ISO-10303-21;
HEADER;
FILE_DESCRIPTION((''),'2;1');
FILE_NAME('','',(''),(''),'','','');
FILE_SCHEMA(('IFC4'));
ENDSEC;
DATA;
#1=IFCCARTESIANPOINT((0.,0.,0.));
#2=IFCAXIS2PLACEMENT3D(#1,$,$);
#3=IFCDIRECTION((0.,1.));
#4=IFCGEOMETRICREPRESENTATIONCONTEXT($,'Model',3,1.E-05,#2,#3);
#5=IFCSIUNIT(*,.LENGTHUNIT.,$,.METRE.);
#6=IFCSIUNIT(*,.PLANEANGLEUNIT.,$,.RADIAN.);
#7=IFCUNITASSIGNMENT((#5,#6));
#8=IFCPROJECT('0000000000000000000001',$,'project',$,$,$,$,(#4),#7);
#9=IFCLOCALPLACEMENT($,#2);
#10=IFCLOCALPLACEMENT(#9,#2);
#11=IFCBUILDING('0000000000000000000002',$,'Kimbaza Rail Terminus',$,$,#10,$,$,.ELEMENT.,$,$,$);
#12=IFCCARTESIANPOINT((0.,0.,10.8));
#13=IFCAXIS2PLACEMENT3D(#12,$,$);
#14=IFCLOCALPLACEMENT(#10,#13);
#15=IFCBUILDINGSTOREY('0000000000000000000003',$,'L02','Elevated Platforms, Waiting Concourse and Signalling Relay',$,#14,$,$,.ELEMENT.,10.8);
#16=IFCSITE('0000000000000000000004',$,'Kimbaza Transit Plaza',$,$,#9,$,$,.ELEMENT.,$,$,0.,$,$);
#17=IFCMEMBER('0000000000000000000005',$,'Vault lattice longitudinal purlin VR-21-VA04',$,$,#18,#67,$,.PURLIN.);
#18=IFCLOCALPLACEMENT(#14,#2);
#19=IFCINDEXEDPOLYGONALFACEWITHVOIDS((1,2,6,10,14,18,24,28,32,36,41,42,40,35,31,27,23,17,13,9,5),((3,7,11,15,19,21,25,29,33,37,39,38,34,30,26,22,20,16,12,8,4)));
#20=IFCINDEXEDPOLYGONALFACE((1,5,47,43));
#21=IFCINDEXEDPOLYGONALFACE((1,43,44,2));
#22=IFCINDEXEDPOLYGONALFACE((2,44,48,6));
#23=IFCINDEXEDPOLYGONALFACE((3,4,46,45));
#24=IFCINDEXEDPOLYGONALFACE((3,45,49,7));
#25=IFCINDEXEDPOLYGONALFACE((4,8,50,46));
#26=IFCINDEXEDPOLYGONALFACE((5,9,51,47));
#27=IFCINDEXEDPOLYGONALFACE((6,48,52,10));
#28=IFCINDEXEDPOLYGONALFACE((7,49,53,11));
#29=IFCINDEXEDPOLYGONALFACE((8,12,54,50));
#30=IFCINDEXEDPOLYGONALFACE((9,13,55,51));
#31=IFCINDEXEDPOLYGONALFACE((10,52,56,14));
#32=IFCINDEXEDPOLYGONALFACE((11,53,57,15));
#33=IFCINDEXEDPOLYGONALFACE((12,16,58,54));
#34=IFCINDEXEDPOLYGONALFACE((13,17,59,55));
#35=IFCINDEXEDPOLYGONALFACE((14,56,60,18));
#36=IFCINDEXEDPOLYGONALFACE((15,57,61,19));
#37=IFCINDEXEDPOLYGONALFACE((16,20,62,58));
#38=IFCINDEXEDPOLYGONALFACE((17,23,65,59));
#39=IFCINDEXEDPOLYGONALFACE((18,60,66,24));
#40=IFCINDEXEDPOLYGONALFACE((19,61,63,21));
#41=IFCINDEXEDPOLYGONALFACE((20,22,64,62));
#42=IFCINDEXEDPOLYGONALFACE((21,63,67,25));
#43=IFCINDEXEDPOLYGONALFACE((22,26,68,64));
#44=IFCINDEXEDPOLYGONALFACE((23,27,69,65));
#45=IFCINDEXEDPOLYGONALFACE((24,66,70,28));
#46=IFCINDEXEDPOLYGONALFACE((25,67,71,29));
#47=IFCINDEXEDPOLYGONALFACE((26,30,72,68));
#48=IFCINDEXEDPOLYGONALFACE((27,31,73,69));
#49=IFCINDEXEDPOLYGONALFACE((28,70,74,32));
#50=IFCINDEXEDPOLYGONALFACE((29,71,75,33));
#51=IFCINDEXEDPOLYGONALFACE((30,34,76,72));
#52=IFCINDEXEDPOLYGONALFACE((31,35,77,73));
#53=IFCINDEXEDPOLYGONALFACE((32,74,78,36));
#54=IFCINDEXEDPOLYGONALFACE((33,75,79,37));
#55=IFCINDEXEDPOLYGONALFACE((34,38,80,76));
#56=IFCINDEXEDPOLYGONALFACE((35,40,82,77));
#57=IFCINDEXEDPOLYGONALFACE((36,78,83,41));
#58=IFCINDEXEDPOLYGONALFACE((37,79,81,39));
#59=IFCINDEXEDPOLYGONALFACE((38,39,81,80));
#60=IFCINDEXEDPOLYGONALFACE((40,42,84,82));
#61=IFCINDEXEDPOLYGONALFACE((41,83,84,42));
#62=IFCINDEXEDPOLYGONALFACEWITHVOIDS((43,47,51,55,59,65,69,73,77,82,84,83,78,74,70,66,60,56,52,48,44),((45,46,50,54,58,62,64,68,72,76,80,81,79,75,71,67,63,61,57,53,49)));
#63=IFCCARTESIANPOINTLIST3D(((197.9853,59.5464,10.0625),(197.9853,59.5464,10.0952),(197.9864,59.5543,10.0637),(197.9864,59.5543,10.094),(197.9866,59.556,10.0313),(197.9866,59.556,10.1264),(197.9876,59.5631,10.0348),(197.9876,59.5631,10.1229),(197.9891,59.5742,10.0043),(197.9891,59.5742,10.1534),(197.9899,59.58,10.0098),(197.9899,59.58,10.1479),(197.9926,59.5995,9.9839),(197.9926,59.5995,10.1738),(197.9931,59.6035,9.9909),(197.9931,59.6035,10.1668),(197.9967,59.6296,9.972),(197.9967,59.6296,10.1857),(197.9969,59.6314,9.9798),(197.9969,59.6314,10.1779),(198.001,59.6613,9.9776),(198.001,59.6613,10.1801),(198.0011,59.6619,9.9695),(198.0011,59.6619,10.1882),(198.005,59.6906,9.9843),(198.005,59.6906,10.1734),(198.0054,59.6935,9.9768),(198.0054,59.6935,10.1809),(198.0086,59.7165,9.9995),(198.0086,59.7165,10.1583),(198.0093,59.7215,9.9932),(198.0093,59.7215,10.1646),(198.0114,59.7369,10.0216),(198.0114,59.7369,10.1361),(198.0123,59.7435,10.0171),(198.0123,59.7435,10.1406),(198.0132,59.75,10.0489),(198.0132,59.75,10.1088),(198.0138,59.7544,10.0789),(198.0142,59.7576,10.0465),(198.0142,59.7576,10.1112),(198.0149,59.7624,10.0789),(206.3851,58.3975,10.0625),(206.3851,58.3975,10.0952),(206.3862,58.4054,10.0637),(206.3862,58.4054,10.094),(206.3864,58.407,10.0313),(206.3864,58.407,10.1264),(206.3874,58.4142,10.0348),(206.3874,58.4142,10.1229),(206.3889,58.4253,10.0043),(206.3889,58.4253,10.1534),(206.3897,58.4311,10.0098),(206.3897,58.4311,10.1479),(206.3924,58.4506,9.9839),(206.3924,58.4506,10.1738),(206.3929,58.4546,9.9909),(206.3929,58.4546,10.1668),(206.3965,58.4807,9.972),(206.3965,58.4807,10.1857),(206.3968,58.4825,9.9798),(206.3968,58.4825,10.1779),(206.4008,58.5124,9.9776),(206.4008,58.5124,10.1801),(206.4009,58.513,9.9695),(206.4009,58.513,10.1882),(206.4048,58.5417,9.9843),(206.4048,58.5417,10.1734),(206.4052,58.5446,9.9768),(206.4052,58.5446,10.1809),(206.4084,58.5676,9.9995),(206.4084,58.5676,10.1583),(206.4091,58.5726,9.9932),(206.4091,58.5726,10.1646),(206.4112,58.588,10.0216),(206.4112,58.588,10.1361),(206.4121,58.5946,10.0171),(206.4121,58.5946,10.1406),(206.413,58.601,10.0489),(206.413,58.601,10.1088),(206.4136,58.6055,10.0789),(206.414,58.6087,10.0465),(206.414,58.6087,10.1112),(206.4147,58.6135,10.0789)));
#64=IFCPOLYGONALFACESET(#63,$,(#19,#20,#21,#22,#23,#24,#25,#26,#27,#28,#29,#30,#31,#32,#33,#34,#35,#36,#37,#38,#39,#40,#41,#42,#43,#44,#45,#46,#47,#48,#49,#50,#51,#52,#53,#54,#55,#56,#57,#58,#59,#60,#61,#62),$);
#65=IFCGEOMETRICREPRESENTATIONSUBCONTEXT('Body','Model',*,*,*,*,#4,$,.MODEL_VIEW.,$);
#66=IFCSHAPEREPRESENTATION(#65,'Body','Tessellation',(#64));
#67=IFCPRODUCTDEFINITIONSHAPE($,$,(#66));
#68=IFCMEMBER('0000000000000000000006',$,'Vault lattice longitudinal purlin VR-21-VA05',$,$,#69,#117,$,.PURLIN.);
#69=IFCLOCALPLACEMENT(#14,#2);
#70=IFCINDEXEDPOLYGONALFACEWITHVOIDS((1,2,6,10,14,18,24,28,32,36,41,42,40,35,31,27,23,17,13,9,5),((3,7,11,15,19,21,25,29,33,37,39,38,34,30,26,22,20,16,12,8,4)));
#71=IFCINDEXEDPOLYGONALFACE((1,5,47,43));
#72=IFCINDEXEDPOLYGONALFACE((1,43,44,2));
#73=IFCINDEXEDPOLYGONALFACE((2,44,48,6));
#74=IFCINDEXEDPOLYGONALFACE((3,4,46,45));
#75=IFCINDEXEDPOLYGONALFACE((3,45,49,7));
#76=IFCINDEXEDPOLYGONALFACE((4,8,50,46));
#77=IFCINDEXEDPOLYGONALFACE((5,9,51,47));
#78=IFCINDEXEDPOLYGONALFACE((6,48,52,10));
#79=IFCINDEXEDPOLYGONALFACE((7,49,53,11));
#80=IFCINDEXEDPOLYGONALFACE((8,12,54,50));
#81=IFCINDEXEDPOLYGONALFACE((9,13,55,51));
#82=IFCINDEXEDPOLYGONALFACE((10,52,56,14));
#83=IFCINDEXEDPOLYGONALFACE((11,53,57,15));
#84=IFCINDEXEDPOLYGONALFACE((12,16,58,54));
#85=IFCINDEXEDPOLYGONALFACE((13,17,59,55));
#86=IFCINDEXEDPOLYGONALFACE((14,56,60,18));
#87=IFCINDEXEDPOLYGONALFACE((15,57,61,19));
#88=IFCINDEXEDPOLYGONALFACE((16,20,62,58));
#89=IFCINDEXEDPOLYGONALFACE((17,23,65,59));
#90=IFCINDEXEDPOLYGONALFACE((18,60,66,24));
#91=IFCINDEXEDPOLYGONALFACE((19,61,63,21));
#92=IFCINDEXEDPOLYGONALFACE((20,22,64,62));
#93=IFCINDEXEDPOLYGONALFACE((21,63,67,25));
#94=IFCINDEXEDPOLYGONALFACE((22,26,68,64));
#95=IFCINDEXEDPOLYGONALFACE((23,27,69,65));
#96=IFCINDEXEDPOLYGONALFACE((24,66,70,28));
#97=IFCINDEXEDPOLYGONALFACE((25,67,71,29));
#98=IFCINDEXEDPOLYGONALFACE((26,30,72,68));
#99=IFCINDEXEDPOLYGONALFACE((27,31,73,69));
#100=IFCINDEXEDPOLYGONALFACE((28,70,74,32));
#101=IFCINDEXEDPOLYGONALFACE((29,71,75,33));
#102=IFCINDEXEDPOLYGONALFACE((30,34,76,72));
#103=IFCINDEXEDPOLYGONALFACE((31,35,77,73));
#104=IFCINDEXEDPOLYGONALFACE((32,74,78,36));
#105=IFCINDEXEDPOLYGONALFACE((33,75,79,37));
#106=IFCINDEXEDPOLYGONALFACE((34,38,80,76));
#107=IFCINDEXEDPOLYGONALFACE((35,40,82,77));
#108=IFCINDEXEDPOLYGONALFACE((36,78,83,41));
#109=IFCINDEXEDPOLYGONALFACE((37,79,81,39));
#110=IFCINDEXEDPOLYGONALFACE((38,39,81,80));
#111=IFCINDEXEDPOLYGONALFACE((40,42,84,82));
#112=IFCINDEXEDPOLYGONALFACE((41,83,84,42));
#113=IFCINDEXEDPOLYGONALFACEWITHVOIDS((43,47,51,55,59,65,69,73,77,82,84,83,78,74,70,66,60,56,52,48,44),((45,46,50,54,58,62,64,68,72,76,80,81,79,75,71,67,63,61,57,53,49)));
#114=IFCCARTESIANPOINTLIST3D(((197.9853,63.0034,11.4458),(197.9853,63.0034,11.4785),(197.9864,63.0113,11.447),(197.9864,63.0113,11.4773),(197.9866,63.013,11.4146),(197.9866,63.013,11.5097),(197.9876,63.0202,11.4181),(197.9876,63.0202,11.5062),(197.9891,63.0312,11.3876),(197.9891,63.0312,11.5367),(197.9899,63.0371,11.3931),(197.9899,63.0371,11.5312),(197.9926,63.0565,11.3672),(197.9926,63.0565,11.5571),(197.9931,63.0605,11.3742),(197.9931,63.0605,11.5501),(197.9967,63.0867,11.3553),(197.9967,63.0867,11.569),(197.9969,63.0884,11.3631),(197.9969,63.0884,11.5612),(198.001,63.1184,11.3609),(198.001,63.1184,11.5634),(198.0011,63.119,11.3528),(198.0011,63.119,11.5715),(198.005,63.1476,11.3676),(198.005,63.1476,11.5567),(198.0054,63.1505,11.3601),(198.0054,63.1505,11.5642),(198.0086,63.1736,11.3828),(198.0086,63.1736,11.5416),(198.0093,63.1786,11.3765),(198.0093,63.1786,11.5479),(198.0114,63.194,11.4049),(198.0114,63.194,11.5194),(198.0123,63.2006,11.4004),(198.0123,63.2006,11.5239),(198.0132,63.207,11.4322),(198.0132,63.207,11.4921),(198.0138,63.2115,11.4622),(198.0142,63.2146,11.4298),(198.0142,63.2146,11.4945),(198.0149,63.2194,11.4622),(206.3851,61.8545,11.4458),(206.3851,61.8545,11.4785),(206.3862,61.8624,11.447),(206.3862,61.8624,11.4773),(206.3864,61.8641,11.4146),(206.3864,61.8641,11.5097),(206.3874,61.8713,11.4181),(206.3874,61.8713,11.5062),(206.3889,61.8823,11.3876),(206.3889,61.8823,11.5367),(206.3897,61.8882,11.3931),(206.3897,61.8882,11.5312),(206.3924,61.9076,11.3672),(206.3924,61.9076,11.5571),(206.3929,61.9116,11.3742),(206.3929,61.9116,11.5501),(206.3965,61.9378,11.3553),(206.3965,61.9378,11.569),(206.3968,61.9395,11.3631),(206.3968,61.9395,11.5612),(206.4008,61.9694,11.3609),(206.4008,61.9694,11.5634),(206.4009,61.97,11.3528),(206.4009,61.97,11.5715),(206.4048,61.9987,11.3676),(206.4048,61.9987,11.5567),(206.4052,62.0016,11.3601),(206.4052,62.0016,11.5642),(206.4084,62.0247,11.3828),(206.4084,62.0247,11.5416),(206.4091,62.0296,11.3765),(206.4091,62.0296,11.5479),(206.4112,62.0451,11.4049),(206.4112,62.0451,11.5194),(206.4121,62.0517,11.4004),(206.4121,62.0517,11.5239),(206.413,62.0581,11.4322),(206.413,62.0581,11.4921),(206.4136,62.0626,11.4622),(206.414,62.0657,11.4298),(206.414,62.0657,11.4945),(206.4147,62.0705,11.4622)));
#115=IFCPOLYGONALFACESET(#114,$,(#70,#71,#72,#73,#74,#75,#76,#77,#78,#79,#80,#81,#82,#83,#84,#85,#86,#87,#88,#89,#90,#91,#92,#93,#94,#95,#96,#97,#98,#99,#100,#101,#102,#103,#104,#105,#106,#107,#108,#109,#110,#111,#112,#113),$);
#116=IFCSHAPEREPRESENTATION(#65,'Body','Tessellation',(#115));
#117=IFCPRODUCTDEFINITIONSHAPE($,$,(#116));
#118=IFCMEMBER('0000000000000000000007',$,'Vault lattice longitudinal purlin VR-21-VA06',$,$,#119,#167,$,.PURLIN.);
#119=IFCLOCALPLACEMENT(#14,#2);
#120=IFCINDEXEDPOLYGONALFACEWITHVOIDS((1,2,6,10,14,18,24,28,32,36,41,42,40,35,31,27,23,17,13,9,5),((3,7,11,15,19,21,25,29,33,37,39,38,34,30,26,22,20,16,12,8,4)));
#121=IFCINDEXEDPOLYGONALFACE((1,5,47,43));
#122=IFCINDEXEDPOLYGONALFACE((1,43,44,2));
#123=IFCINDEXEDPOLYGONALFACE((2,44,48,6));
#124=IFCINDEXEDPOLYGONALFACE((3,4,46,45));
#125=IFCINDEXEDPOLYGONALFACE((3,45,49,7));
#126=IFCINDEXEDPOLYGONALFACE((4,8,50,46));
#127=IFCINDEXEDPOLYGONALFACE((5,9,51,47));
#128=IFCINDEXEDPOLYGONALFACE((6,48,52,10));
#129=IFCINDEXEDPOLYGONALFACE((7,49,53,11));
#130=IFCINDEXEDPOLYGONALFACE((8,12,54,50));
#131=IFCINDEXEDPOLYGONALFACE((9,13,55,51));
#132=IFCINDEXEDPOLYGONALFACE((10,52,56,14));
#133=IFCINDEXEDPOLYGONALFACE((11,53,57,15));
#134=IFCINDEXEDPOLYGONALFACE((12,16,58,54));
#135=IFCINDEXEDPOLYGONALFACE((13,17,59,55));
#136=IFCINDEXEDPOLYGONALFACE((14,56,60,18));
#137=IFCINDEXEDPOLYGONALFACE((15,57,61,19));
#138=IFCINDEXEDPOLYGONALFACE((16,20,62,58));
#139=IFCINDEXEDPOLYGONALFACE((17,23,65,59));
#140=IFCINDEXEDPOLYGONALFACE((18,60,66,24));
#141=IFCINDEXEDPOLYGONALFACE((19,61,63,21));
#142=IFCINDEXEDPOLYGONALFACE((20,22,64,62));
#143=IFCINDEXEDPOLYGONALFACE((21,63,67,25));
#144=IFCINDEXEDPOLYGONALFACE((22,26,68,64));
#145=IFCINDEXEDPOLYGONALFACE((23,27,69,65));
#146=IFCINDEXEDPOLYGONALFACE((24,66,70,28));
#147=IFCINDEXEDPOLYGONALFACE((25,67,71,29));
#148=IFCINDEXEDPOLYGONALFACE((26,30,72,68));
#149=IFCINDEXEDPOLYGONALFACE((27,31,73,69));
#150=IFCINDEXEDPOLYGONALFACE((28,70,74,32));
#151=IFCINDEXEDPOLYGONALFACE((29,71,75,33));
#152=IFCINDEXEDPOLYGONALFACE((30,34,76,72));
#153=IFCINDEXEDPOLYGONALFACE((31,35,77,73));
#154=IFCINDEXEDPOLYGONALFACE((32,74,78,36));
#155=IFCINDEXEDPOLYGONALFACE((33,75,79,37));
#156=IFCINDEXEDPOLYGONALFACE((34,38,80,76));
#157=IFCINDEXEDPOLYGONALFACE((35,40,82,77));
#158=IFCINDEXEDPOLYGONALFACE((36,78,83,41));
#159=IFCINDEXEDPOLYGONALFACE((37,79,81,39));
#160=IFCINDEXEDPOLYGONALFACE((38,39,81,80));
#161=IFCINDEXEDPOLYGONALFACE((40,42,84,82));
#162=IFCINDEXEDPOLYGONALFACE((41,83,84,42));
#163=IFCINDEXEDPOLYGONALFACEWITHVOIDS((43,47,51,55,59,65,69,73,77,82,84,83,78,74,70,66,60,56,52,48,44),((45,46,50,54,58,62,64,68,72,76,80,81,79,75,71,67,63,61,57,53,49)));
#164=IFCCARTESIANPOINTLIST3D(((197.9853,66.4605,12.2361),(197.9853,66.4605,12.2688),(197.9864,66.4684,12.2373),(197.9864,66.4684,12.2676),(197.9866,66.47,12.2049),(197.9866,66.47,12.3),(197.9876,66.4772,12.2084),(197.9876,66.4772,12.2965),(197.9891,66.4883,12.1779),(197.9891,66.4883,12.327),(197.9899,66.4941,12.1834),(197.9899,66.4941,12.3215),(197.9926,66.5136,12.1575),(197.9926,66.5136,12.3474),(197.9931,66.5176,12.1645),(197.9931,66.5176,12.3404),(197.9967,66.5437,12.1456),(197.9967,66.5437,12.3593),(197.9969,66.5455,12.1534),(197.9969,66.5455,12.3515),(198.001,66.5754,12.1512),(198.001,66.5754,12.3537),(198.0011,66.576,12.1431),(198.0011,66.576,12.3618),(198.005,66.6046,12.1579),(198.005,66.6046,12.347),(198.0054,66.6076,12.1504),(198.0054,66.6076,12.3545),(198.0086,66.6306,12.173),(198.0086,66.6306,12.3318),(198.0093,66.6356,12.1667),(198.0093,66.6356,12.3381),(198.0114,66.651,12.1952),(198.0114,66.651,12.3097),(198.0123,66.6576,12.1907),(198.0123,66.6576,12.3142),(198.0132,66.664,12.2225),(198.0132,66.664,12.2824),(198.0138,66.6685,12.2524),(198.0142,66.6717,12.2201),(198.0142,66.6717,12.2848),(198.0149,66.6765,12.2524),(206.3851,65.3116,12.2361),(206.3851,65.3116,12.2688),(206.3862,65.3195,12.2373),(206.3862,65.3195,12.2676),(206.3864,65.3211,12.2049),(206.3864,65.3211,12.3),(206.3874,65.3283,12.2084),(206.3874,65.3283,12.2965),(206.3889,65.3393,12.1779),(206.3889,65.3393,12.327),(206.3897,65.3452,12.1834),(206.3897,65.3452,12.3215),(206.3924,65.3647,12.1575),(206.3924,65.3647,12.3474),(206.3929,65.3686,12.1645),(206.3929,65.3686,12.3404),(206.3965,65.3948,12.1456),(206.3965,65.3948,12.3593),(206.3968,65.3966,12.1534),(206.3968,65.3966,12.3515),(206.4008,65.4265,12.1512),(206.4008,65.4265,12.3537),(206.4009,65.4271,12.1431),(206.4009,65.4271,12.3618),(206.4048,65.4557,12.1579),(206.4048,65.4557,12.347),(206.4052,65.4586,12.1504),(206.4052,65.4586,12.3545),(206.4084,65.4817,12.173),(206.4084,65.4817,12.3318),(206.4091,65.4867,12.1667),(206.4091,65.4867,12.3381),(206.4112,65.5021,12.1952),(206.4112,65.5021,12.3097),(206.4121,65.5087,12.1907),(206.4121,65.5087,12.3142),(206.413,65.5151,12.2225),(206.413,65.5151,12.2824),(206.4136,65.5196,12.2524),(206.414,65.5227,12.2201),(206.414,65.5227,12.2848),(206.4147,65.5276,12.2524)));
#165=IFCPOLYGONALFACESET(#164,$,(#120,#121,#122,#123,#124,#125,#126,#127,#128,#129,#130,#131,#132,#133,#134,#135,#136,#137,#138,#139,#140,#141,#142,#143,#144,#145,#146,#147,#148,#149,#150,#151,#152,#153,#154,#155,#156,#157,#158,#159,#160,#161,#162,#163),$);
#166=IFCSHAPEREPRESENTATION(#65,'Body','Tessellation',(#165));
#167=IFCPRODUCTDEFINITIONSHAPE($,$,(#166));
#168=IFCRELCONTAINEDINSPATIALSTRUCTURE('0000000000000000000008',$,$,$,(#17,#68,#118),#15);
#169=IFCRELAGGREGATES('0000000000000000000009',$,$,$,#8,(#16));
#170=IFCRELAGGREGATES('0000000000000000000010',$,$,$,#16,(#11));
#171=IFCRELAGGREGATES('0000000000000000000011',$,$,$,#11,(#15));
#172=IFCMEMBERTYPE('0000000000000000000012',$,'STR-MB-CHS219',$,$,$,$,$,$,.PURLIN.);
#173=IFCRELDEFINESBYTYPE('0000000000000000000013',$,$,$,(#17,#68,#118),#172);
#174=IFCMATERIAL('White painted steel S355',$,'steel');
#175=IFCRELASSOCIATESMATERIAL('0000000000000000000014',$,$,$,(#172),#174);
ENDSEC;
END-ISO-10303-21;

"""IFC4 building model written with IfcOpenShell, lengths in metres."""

from ifc_helpers import new_model, si_unit, direction, frame, origin, origin_2d, place, context, subcontext, project, spatial, hollow_circle, extrude, material, material_profile, profile_set, type_object, element, save


model = new_model("IFC4")

# Units and contexts
model_context = context("Model", 3, precision=1e-05, world=origin(), true_north=direction((0.0, 1.0)))
body_context = subcontext(model_context, "Body", "Model", "MODEL_VIEW")
ifc_project = project(units=[si_unit("LENGTHUNIT", "METRE"), si_unit("PLANEANGLEUNIT", "RADIAN")], contexts=[model_context])

# Site, building, storey
site_placement = place(None, origin())
site = spatial("IfcSite", under=ifc_project, at=site_placement, Name="Kimbaza Transit Plaza", CompositionType="ELEMENT", RefElevation=0.0)
building_placement = place(site_placement, origin())
building = spatial("IfcBuilding", under=site, at=building_placement, Name="Kimbaza Rail Terminus", CompositionType="ELEMENT")
storey_placement = place(building_placement, frame((0.0, 0.0, 10.8)))
storey = spatial("IfcBuildingStorey", under=building, at=storey_placement, Name="L02", Description="Elevated Platforms, Waiting Concourse and Signalling Relay", CompositionType="ELEMENT", Elevation=10.8)

# Members
ifc_material_1 = material(Name="White painted steel S355", Category="steel")
ifc_material_profile_1 = material_profile(ifc_material_1, hollow_circle(Radius=0.1096, WallThickness=0.0081, at=origin_2d()), Name="CHS 219.1x8")
ifc_profile_set_1 = profile_set([ifc_material_profile_1], Name="White painted steel S355")
member_type_1 = type_object("IfcMemberType", Name="STR-MB-CHS219", PredefinedType="PURLIN", material=ifc_profile_set_1)
for number, where, z_axis, x_axis, name in (
    (1, (198.0, 59.6538, 10.0789), (0.990775, -0.135517, 0.0), (0.135517, 0.990775, 0.0), "Vault lattice longitudinal purlin VR-21-VA04"),
    (2, (198.0, 63.1108, 11.4622), (0.990775, -0.135517, 0.0), (0.135517, 0.990775, 0.0), "Vault lattice longitudinal purlin VR-21-VA05"),
    (3, (198.0, 66.5679, 12.2524), (0.990775, -0.135517, 0.0), (0.135517, 0.990775, 0.0), "Vault lattice longitudinal purlin VR-21-VA06"),
):
    element("IfcMember", number, at=place(storey_placement, frame(where, z_axis=z_axis, x_axis=x_axis)), inside=storey, type_object=member_type_1, Name=name, PredefinedType="PURLIN", context=body_context, shape_type="SweptSolid", body=[
        extrude(hollow_circle(Radius=0.1096, WallThickness=0.0081, at=origin_2d()), origin(), (0.0, 0.0, 1.0), 8.478),
    ])

save(model, "model.ifc")
